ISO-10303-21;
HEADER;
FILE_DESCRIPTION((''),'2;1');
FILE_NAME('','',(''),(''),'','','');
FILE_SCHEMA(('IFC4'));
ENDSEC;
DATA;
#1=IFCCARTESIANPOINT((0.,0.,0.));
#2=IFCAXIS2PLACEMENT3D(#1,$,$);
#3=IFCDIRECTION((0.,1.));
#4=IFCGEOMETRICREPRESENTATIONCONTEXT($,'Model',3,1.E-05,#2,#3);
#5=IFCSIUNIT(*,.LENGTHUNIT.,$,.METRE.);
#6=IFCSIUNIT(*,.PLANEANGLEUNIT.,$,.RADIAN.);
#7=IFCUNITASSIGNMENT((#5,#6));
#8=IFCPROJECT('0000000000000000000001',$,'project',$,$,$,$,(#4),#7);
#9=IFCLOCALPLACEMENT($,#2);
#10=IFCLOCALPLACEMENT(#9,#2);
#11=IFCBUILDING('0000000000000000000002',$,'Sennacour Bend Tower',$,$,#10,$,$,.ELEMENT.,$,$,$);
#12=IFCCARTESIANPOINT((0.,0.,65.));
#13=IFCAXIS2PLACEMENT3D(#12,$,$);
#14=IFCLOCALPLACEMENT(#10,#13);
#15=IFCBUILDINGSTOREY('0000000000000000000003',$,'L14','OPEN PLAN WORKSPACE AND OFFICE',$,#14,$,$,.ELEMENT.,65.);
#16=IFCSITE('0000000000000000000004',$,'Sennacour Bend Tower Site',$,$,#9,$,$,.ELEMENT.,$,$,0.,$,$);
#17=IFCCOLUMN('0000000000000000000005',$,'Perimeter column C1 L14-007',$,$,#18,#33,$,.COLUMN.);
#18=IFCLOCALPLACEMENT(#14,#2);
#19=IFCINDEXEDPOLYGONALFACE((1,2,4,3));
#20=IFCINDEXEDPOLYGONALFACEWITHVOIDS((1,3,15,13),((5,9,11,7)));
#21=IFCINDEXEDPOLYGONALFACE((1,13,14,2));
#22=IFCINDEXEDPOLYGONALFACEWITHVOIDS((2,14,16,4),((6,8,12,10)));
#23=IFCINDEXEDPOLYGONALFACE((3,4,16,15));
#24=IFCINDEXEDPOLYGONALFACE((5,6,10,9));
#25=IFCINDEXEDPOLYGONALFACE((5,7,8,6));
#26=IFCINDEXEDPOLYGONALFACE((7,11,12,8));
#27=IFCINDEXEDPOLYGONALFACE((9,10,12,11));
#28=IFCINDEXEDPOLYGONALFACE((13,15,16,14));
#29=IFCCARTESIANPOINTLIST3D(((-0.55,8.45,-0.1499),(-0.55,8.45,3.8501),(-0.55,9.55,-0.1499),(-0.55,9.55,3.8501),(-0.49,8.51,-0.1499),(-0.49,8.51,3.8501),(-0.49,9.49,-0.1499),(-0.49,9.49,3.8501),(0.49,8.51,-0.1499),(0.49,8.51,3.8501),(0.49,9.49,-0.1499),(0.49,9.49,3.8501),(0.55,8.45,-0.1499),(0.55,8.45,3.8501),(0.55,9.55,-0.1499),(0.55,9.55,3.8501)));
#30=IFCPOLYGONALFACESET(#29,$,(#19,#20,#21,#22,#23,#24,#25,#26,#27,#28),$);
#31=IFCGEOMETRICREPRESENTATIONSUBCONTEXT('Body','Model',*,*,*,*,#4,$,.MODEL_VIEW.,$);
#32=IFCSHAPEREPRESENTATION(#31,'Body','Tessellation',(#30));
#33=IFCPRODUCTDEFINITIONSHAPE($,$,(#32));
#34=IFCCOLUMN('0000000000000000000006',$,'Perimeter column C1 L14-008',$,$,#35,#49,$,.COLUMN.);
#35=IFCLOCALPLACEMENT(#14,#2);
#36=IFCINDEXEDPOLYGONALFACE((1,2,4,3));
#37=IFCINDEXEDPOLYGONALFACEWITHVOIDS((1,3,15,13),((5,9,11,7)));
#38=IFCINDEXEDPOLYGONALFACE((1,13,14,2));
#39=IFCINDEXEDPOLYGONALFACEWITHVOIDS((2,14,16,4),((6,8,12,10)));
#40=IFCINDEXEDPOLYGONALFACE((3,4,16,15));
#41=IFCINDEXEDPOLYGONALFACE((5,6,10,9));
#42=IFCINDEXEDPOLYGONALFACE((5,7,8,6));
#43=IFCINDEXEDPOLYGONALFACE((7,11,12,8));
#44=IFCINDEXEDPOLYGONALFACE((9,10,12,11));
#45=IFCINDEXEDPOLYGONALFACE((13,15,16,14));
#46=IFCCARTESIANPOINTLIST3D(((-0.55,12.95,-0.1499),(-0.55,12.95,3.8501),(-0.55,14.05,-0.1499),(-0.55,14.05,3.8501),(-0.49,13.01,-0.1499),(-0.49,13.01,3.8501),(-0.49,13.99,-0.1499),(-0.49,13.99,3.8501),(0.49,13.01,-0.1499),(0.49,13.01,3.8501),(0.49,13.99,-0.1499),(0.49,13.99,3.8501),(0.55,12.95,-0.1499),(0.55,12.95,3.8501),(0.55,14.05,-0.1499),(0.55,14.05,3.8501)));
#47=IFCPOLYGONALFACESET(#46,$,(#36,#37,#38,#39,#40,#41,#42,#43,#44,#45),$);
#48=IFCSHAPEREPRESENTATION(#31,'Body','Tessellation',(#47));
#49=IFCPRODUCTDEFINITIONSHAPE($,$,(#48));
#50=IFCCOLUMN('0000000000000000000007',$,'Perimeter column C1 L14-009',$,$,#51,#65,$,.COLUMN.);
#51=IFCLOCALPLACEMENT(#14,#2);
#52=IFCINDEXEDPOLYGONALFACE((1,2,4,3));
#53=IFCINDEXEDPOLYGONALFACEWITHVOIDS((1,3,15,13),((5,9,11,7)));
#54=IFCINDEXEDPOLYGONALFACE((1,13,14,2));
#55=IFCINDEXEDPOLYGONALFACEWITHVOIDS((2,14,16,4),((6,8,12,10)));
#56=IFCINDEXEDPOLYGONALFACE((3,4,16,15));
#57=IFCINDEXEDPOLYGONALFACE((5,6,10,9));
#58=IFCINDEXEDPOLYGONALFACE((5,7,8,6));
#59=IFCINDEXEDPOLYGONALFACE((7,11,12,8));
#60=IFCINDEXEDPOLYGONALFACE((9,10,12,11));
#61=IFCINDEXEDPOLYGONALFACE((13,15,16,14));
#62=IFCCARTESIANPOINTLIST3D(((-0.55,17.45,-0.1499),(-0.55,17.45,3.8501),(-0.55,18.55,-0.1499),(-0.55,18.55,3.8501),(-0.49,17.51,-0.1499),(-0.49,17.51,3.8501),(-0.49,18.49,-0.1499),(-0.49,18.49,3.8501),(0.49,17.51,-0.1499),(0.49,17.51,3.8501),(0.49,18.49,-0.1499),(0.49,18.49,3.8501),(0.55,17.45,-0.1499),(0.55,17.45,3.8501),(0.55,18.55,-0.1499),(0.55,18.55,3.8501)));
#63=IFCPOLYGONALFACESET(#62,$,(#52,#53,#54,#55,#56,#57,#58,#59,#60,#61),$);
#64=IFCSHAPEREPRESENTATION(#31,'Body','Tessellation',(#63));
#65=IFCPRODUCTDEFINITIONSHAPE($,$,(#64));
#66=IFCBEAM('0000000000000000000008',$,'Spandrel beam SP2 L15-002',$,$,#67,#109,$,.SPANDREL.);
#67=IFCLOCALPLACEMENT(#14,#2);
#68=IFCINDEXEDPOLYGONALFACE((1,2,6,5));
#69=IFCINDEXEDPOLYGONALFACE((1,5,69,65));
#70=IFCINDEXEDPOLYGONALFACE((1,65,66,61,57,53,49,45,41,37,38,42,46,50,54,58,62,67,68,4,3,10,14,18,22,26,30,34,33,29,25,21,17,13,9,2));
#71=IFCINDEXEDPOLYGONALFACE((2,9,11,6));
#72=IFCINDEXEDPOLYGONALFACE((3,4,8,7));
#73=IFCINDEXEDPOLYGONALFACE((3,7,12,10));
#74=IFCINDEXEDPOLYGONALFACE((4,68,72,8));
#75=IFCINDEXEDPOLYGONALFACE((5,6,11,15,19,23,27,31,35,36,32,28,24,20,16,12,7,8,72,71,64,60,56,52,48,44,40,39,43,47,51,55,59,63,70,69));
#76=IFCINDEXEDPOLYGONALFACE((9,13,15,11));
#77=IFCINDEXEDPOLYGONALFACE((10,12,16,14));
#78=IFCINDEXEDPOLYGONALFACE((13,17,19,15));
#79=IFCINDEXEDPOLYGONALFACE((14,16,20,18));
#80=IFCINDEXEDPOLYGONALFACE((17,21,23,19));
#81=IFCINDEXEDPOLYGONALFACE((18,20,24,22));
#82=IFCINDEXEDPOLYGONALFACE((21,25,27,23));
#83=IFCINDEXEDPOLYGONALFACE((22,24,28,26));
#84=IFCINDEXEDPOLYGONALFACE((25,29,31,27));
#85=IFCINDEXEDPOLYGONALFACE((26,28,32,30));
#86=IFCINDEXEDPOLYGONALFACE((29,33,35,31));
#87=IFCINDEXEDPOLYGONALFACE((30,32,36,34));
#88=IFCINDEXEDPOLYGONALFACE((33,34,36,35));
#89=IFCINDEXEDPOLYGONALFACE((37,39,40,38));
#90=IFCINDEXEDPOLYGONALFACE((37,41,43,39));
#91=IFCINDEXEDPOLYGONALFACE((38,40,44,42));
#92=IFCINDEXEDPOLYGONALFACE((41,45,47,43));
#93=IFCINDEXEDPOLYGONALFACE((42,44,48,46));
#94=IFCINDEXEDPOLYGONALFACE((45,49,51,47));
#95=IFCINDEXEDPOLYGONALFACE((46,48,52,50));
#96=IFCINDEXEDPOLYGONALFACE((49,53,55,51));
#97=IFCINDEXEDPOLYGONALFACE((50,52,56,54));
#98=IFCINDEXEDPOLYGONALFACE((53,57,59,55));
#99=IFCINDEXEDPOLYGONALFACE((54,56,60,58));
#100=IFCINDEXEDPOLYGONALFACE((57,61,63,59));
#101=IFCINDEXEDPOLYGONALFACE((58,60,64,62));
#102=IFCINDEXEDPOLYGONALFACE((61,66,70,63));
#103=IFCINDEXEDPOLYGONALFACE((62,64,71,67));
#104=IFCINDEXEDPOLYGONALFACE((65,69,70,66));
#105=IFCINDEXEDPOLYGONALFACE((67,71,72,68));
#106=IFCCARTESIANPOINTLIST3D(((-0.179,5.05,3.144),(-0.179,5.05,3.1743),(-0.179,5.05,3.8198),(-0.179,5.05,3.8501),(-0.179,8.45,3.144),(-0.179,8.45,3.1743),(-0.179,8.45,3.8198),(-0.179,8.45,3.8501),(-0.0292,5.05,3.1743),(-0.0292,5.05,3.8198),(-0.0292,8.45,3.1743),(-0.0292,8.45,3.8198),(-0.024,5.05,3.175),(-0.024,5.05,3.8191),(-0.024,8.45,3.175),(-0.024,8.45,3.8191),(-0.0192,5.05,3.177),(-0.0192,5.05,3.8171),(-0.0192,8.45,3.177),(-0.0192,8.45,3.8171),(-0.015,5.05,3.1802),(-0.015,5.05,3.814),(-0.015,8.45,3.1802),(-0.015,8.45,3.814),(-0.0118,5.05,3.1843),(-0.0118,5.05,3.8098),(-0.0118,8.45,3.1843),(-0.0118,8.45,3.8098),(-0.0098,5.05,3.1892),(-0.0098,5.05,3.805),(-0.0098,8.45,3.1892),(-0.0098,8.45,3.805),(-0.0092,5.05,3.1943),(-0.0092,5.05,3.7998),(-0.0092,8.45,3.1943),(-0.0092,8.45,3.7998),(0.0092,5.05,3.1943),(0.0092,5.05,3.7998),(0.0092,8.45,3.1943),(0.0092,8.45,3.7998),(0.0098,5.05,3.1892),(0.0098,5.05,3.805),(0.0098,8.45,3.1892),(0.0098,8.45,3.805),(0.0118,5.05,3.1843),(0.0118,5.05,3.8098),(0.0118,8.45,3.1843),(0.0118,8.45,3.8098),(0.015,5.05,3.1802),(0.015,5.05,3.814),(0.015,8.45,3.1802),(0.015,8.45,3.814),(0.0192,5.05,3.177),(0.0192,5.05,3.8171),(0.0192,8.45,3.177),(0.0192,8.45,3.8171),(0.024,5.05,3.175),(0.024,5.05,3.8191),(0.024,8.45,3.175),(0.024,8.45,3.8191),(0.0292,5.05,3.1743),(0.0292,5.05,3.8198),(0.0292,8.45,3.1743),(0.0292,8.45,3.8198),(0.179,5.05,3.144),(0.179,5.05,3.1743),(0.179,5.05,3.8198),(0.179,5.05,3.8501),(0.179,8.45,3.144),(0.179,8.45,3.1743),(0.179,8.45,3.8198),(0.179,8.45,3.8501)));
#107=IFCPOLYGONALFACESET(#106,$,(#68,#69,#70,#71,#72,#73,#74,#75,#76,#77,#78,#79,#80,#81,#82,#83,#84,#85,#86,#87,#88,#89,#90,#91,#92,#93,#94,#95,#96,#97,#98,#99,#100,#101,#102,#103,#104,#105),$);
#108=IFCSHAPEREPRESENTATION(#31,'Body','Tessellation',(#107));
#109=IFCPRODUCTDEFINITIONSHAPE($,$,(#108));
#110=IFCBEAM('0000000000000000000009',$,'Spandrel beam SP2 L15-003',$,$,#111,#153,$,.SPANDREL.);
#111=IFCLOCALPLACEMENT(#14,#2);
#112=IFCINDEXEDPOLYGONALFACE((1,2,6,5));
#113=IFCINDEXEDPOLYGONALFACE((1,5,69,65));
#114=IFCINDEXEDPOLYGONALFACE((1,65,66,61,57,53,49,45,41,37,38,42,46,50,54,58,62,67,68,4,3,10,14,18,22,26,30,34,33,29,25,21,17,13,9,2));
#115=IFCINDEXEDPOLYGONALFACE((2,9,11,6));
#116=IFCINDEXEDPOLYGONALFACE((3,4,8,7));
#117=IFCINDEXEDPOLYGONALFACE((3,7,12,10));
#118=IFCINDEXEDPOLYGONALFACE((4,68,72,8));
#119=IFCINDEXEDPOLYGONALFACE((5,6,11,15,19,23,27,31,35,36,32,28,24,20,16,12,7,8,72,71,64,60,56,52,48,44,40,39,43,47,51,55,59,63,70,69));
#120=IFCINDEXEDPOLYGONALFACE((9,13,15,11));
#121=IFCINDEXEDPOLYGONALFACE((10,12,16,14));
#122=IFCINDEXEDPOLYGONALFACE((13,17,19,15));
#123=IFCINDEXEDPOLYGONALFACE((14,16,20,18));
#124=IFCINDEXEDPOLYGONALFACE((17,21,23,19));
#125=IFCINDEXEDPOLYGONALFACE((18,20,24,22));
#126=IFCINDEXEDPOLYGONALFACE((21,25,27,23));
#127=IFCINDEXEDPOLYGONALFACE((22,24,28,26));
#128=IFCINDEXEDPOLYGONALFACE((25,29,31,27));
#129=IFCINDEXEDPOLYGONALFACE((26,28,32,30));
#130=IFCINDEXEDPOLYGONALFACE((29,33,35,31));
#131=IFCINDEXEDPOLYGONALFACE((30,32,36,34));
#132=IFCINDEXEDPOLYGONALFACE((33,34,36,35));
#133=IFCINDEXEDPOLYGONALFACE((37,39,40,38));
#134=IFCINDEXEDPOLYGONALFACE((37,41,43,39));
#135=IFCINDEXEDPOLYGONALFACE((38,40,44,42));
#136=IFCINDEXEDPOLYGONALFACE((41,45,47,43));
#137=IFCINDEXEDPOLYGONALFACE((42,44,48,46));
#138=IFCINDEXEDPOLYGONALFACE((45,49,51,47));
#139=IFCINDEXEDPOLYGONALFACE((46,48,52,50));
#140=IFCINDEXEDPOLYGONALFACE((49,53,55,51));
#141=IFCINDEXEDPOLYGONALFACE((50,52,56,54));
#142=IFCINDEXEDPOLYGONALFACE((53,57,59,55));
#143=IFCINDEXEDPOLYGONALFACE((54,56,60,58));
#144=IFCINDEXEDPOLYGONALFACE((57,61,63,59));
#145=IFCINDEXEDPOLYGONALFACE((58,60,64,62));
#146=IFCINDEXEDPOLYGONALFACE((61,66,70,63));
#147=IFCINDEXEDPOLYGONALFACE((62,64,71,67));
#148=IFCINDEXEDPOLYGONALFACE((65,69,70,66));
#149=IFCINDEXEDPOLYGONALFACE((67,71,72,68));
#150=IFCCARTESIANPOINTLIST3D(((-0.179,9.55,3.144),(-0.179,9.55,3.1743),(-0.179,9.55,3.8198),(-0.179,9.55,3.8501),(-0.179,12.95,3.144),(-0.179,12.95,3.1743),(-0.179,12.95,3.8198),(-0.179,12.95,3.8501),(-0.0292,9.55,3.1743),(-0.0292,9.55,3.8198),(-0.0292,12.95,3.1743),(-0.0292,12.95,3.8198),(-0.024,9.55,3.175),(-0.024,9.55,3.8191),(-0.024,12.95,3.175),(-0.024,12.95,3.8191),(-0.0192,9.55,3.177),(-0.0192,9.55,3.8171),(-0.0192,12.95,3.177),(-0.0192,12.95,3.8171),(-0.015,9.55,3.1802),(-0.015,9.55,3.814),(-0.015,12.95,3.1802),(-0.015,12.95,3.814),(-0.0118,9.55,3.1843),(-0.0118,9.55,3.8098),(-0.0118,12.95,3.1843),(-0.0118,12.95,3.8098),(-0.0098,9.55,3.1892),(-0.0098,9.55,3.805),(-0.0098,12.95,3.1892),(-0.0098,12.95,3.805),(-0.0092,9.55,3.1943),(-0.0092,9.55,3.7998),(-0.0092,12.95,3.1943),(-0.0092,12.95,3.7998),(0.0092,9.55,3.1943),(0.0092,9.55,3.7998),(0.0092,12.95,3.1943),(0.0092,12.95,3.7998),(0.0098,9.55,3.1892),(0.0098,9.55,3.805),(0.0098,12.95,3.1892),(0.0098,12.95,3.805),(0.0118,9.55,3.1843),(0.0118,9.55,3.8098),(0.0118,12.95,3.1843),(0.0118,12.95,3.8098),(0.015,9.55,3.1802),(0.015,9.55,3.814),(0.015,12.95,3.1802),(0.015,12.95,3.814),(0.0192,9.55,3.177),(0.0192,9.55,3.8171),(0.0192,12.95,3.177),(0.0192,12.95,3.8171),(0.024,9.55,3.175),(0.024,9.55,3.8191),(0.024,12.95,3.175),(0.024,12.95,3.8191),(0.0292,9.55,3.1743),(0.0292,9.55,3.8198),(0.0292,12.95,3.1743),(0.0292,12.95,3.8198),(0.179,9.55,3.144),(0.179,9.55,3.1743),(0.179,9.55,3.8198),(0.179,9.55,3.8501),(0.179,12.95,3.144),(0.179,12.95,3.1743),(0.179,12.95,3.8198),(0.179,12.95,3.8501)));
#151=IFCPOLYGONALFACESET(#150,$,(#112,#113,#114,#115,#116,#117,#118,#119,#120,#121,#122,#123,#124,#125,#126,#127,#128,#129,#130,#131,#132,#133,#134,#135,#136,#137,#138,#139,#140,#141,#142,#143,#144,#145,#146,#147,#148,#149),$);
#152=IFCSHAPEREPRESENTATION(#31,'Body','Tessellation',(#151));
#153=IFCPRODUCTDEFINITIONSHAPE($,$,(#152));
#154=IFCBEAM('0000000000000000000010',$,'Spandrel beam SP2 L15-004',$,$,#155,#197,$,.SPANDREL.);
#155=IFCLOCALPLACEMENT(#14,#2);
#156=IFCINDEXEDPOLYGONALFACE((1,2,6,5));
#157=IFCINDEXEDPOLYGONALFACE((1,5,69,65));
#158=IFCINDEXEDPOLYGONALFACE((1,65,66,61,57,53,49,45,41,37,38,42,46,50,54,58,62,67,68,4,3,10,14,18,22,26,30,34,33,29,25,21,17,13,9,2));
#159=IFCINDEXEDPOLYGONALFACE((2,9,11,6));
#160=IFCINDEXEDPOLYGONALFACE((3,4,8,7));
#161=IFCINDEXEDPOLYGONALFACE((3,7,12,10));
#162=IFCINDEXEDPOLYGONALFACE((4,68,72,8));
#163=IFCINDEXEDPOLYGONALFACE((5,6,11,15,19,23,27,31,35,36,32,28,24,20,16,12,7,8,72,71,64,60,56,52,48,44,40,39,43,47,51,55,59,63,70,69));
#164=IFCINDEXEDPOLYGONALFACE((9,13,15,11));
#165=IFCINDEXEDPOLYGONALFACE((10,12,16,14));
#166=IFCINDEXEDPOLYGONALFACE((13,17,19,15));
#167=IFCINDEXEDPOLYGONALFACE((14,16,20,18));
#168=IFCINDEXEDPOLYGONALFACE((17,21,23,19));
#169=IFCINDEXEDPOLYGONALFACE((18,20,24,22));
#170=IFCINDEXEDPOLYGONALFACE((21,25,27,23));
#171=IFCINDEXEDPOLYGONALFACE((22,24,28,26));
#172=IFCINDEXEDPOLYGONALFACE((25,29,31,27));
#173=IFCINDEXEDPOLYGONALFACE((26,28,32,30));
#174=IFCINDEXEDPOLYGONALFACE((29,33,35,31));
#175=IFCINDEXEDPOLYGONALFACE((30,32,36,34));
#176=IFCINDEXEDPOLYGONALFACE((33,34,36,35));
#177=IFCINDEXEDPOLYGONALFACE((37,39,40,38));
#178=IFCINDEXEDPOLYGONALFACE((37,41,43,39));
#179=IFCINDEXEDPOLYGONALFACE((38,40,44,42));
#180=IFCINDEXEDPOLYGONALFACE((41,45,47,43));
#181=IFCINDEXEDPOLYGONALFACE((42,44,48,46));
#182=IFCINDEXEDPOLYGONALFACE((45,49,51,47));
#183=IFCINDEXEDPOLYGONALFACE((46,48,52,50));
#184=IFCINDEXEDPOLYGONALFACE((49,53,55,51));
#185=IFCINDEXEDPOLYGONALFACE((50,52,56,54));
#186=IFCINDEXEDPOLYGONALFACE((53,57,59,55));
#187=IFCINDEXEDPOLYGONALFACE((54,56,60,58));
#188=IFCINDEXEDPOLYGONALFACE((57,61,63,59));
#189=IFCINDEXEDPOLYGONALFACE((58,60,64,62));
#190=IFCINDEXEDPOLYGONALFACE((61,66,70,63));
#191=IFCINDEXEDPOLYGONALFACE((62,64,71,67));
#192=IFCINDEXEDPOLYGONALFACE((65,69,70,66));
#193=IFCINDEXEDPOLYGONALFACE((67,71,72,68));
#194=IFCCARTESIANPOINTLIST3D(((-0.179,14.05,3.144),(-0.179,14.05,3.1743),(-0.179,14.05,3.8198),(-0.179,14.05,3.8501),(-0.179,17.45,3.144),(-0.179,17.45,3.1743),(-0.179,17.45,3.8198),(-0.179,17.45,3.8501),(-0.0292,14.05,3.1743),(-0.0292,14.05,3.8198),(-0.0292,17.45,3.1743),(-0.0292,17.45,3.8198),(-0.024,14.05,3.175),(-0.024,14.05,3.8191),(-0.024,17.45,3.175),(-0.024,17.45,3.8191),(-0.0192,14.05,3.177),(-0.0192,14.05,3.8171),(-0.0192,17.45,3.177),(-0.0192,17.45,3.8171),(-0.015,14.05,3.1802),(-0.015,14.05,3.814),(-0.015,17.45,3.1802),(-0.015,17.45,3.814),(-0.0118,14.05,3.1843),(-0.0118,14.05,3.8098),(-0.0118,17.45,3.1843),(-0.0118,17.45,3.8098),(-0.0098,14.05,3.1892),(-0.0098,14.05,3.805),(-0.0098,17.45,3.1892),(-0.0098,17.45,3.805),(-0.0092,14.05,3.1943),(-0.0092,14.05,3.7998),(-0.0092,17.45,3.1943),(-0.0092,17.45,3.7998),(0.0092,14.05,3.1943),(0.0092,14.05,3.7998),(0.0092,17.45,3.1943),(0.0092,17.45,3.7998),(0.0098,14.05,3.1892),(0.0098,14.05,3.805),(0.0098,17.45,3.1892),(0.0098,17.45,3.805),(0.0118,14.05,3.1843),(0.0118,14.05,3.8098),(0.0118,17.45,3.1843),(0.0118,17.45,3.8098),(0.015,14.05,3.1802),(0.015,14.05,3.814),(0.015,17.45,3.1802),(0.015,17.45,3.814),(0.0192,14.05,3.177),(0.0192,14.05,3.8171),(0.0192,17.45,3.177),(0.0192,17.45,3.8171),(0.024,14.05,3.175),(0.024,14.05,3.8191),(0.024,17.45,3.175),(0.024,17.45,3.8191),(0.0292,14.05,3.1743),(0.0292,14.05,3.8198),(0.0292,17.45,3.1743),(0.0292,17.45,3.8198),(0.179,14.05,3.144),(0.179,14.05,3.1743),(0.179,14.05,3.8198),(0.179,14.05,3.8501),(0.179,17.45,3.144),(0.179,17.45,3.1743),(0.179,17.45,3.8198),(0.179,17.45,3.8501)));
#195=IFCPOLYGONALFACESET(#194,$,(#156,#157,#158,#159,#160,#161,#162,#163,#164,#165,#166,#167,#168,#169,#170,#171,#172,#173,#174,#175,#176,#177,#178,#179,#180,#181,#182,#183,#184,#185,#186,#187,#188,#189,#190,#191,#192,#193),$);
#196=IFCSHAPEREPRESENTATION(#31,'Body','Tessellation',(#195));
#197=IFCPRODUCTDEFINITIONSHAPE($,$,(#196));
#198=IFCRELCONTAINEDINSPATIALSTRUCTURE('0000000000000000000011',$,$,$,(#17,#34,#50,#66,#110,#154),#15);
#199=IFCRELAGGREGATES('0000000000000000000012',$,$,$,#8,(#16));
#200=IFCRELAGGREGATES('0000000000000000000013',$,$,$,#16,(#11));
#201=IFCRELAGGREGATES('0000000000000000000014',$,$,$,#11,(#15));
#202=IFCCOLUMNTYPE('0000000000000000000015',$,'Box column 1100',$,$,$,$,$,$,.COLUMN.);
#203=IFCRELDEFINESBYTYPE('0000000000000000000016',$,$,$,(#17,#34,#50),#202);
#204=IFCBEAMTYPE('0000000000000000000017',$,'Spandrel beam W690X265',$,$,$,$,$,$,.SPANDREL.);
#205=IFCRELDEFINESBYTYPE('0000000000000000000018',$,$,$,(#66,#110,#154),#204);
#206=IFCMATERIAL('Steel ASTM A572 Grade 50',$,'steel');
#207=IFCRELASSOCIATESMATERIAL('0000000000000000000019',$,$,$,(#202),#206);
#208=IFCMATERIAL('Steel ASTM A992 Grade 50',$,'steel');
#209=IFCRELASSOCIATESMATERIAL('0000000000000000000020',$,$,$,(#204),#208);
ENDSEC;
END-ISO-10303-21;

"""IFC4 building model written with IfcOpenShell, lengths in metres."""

from ifc_helpers import new_model, si_unit, direction, frame, origin, origin_2d, place, context, subcontext, project, spatial, hollow_rectangle, i_section, extrude, material, material_profile, profile_set, type_object, element, save


model = new_model("IFC4")

# Units and contexts
model_context = context("Model", 3, precision=1e-05, world=origin(), true_north=direction((0.0, 1.0)))
body_context = subcontext(model_context, "Body", "Model", "MODEL_VIEW")
ifc_project = project(units=[si_unit("LENGTHUNIT", "METRE"), si_unit("PLANEANGLEUNIT", "RADIAN")], contexts=[model_context])

# Site, building, storey
site_placement = place(None, origin())
site = spatial("IfcSite", under=ifc_project, at=site_placement, Name="Sennacour Bend Tower Site", CompositionType="ELEMENT", RefElevation=0.0)
building_placement = place(site_placement, origin())
building = spatial("IfcBuilding", under=site, at=building_placement, Name="Sennacour Bend Tower", CompositionType="ELEMENT")
storey_placement = place(building_placement, frame((0.0, 0.0, 65.0)))
storey = spatial("IfcBuildingStorey", under=building, at=storey_placement, Name="L14", Description="OPEN PLAN WORKSPACE AND OFFICE", CompositionType="ELEMENT", Elevation=65.0)

# Columns
ifc_material_1 = material(Name="Steel ASTM A572 Grade 50", Category="steel")
ifc_material_profile_1 = material_profile(ifc_material_1, hollow_rectangle(XDim=1.1001, YDim=1.1001, WallThickness=0.0601, at=origin_2d()), Name="Steel ASTM A572 Grade 50", Category="steel")
ifc_profile_set_1 = profile_set([ifc_material_profile_1], Name="Steel ASTM A572 Grade 50")
column_type = type_object("IfcColumnType", Name="Box column 1100", PredefinedType="COLUMN", material=ifc_profile_set_1)
for number, where, z_axis, x_axis, name in (
    (1, (0.0, 9.0, -0.1499), (0.0, 0.0, 1.0), (1.0, 0.0, 0.0), "Perimeter column C1 L14-007"),
    (2, (0.0, 13.5, -0.1499), (0.0, 0.0, 1.0), (1.0, 0.0, 0.0), "Perimeter column C1 L14-008"),
    (3, (0.0, 18.0, -0.1499), (0.0, 0.0, 1.0), (1.0, 0.0, 0.0), "Perimeter column C1 L14-009"),
):
    element("IfcColumn", number, at=place(storey_placement, frame(where, z_axis=z_axis, x_axis=x_axis)), inside=storey, type_object=column_type, Name=name, PredefinedType="COLUMN", context=body_context, shape_type="SweptSolid", body=[
        extrude(hollow_rectangle(XDim=1.1001, YDim=1.1001, WallThickness=0.0601, at=origin_2d()), origin(), (0.0, 0.0, 1.0), 4.0),
    ])

# Beams
ifc_material_2 = material(Name="Steel ASTM A992 Grade 50", Category="steel")
ifc_material_profile_2 = material_profile(ifc_material_2, i_section(OverallWidth=0.3579, OverallDepth=0.7061, WebThickness=0.0183, FlangeThickness=0.0303, FilletRadius=0.02, at=origin_2d()), Name="Steel ASTM A992 Grade 50", Category="steel")
ifc_profile_set_2 = profile_set([ifc_material_profile_2], Name="Steel ASTM A992 Grade 50")
beam_type = type_object("IfcBeamType", Name="Spandrel beam W690X265", PredefinedType="SPANDREL", material=ifc_profile_set_2)
for number, where, z_axis, x_axis, name in (
    (4, (0.0, 5.05, 3.4971), (0.0, 1.0, 0.0), (-1.0, 0.0, 0.0), "Spandrel beam SP2 L15-002"),
    (5, (0.0, 9.55, 3.4971), (0.0, 1.0, 0.0), (-1.0, 0.0, 0.0), "Spandrel beam SP2 L15-003"),
    (6, (0.0, 14.05, 3.4971), (0.0, 1.0, 0.0), (-1.0, 0.0, 0.0), "Spandrel beam SP2 L15-004"),
):
    element("IfcBeam", number, at=place(storey_placement, frame(where, z_axis=z_axis, x_axis=x_axis)), inside=storey, type_object=beam_type, Name=name, PredefinedType="SPANDREL", context=body_context, shape_type="SweptSolid", body=[
        extrude(i_section(OverallWidth=0.3579, OverallDepth=0.7061, WebThickness=0.0183, FlangeThickness=0.0303, FilletRadius=0.02, at=origin_2d()), origin(), (0.0, 0.0, 1.0), 3.3999),
    ])

save(model, "model.ifc")
